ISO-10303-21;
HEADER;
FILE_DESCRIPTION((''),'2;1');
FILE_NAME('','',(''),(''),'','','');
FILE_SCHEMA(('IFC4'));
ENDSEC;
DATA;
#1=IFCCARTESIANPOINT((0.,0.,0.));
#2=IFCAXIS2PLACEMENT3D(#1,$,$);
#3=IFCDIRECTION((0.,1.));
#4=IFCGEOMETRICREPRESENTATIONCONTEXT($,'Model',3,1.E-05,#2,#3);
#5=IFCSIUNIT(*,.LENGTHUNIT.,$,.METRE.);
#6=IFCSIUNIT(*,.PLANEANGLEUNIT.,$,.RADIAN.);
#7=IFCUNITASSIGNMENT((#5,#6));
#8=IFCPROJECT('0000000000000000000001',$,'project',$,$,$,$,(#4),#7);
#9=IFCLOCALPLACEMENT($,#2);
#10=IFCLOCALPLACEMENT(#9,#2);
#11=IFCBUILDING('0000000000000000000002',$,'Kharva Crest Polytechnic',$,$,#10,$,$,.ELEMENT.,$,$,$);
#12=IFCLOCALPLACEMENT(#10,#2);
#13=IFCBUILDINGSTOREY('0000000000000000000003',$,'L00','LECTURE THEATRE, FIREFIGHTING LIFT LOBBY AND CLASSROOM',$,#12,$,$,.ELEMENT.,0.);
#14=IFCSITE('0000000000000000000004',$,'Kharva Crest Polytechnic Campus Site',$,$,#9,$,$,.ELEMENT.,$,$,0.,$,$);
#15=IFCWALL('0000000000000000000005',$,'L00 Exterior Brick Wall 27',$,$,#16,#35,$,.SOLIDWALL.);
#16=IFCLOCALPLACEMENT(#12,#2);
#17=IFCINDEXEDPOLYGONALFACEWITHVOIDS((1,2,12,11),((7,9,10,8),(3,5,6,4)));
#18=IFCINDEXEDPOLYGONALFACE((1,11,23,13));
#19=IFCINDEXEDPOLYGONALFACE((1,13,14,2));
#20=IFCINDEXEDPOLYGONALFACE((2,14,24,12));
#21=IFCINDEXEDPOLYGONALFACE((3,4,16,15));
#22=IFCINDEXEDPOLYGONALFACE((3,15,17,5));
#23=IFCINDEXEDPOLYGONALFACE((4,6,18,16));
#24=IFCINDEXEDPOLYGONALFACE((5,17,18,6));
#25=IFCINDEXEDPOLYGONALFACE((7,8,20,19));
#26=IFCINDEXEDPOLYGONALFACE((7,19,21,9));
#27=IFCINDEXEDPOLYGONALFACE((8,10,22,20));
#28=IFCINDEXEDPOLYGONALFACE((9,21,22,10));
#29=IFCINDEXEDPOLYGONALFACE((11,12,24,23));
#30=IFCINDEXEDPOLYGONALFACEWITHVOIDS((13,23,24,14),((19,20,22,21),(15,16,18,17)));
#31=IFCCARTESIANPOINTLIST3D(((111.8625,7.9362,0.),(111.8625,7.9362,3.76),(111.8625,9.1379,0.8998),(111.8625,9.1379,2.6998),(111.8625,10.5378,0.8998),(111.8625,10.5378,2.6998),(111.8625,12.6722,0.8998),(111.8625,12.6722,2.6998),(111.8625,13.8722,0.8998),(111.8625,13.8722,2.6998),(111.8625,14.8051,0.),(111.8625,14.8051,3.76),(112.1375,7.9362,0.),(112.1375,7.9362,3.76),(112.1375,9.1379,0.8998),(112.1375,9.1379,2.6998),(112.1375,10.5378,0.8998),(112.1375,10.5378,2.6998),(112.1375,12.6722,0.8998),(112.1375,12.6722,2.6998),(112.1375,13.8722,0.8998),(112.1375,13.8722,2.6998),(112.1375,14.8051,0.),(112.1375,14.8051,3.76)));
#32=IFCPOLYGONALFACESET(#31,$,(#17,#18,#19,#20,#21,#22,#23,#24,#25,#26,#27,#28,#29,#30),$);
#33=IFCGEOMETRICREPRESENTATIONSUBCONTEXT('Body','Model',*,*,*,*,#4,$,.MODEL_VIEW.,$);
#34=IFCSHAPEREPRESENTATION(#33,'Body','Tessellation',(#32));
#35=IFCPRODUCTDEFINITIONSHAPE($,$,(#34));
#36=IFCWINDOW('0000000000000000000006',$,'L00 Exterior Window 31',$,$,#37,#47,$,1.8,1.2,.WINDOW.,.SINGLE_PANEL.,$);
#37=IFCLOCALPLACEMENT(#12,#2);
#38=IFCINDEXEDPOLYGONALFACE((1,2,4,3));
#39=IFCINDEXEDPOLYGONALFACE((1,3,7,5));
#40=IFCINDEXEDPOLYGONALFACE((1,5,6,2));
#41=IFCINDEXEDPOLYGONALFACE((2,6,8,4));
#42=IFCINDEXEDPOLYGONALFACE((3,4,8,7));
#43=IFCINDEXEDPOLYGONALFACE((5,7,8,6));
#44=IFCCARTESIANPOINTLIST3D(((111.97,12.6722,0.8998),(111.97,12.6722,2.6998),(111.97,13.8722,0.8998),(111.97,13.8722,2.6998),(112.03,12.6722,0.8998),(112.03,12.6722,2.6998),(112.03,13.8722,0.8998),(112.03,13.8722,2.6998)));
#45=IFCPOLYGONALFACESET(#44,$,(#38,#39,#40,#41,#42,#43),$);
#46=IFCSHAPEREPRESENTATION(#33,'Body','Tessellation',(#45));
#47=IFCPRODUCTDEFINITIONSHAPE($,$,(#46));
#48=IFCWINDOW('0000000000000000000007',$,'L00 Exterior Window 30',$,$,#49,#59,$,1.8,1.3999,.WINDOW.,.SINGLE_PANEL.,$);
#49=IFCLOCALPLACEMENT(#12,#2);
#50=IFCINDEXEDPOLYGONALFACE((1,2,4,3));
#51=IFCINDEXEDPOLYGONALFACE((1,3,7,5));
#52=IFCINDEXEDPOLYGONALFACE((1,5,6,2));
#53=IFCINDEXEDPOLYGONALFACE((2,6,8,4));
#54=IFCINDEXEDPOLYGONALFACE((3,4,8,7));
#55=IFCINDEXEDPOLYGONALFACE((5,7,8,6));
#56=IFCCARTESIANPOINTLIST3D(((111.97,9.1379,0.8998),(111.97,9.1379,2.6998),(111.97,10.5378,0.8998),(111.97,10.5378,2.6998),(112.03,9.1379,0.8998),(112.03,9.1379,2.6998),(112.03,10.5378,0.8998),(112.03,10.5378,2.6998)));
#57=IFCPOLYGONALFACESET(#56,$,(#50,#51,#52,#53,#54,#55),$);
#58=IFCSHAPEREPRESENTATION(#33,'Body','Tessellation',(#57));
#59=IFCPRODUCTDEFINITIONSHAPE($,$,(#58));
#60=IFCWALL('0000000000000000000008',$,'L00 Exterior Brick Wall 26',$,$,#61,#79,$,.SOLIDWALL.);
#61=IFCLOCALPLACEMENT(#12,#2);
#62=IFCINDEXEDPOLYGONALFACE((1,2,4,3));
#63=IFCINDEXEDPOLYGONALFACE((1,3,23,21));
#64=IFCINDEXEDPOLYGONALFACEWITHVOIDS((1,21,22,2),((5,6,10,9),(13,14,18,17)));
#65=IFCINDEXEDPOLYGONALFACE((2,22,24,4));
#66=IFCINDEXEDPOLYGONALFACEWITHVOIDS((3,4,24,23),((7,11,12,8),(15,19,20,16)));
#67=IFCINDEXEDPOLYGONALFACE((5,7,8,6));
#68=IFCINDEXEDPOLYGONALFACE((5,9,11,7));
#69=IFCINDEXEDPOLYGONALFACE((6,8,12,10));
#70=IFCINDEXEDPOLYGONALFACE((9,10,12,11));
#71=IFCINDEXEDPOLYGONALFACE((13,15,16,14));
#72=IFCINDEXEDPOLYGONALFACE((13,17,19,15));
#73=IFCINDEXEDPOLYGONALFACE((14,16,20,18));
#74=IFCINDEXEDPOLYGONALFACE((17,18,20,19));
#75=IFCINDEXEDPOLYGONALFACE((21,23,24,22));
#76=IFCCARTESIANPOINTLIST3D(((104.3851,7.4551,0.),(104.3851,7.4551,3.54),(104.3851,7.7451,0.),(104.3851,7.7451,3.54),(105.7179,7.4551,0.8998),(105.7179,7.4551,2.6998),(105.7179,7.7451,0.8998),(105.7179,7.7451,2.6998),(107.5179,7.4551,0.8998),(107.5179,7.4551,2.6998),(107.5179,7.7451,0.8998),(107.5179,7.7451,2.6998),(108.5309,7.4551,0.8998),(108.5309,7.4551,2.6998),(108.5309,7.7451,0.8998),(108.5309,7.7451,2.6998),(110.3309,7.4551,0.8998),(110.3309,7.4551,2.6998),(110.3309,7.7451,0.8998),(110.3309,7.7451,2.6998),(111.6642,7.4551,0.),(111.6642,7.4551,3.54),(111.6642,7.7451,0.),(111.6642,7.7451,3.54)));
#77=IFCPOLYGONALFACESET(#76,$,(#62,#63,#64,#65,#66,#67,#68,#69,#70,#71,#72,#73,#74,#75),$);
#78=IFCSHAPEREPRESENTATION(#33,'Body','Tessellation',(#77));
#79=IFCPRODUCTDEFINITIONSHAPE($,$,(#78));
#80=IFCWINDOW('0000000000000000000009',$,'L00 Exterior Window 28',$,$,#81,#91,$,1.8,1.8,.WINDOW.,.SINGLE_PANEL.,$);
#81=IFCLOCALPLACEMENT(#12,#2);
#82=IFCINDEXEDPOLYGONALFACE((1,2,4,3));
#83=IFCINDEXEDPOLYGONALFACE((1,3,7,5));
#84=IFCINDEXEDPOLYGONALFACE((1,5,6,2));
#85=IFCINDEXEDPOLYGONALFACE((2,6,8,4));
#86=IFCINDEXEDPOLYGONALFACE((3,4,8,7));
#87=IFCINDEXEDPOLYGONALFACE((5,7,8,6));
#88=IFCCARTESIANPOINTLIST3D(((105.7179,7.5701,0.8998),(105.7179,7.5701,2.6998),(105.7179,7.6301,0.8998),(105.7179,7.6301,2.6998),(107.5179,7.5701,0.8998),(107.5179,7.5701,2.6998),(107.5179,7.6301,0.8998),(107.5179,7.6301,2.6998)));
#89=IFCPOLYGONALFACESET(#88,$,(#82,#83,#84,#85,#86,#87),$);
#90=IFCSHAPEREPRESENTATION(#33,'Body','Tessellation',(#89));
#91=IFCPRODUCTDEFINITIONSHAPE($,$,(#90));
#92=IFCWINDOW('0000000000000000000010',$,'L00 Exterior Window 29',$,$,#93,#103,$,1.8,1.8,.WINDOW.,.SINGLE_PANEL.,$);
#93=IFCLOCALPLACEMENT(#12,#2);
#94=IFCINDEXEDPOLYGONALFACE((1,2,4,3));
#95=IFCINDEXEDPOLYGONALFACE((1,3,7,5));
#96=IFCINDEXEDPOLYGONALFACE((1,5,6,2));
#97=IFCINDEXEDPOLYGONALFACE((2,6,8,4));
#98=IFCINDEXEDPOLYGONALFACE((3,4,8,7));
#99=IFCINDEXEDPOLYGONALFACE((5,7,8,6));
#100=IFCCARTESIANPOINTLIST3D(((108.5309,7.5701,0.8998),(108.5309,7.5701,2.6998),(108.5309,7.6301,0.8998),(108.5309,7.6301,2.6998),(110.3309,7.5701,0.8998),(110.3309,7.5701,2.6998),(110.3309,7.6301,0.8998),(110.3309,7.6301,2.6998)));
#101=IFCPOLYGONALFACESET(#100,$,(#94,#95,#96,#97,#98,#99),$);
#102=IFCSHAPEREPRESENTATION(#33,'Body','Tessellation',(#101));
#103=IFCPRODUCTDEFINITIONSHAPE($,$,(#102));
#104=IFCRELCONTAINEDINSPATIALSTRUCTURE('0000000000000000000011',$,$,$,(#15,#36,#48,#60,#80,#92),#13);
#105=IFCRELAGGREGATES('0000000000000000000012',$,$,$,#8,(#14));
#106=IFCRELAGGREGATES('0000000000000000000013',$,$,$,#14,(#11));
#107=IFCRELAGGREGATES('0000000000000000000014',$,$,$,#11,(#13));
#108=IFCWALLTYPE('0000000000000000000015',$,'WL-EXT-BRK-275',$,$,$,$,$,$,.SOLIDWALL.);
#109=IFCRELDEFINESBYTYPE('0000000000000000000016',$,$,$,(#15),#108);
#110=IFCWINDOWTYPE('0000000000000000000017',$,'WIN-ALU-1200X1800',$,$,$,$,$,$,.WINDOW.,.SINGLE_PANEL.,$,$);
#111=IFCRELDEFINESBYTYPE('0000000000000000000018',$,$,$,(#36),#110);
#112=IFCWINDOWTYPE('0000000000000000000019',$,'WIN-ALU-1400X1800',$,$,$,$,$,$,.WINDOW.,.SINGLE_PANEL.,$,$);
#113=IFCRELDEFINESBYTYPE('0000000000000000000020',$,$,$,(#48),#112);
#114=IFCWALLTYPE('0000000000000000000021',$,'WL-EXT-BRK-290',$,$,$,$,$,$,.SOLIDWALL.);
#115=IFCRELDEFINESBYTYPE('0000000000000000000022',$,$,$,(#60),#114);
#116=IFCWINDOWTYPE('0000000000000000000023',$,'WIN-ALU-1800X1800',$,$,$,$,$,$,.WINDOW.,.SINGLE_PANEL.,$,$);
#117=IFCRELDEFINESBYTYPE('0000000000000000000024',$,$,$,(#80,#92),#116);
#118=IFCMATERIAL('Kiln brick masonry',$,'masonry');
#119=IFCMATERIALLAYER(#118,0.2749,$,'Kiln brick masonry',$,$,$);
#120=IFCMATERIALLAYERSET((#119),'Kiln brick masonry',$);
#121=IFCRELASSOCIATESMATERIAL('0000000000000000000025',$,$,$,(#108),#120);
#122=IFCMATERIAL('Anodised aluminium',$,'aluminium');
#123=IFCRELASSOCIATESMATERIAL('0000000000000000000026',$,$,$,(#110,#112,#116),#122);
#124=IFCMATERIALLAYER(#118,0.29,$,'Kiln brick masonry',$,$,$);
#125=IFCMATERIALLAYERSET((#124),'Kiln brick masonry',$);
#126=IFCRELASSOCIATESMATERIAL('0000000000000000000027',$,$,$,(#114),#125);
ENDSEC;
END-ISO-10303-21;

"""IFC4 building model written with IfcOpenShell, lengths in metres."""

from ifc_helpers import new_model, si_unit, direction, frame, frame_2d, origin, place, context, subcontext, project, spatial, rectangle, extrude, material, layer, layer_set, type_object, element, fill, save


model = new_model("IFC4")

# Units and contexts
model_context = context("Model", 3, precision=1e-05, world=origin(), true_north=direction((0.0, 1.0)))
body_context = subcontext(model_context, "Body", "Model", "MODEL_VIEW")
ifc_project = project(units=[si_unit("LENGTHUNIT", "METRE"), si_unit("PLANEANGLEUNIT", "RADIAN")], contexts=[model_context])

# Site, building, storey
site_placement = place(None, origin())
site = spatial("IfcSite", under=ifc_project, at=site_placement, Name="Kharva Crest Polytechnic Campus Site", CompositionType="ELEMENT", RefElevation=0.0)
building_placement = place(site_placement, origin())
building = spatial("IfcBuilding", under=site, at=building_placement, Name="Kharva Crest Polytechnic", CompositionType="ELEMENT")
storey_placement = place(building_placement, origin())
storey = spatial("IfcBuildingStorey", under=building, at=storey_placement, Name="L00", Description="LECTURE THEATRE, FIREFIGHTING LIFT LOBBY AND CLASSROOM", CompositionType="ELEMENT", Elevation=0.0)

# Walls, openings, windows
ifc_material_1 = material(Name="Kiln brick masonry", Category="masonry")
ifc_layer_1 = layer(ifc_material_1, 0.2749, Name="Kiln brick masonry")
ifc_layer_set_1 = layer_set([ifc_layer_1], Name="Kiln brick masonry")
wall_type_1 = type_object("IfcWallType", Name="WL-EXT-BRK-275", PredefinedType="SOLIDWALL", material=ifc_layer_set_1)
wall_1_placement = place(storey_placement, frame((112.0, 7.936, 0.0), z_axis=(0.0, 0.0, 1.0), x_axis=(0.0, 1.0, 0.0)))
wall_1 = element("IfcWall", 1, at=wall_1_placement, inside=storey, type_object=wall_type_1, Name="L00 Exterior Brick Wall 27", PredefinedType="SOLIDWALL", context=body_context, shape_type="SweptSolid", body=[
    extrude(rectangle(XDim=6.8689, YDim=0.2749, at=frame_2d((3.4346, 0.0))), origin(), (0.0, 0.0, 1.0), 3.76),
])
opening_1_placement = place(wall_1_placement, frame((1.2019, 0.0, 0.8999)))
opening_1 = element("IfcOpeningElement", 2, at=opening_1_placement, cuts=wall_1, PredefinedType="OPENING", context=body_context, shape_type="SweptSolid", body=[
    extrude(rectangle(XDim=1.3999, YDim=1.8, at=frame_2d((0.7, 0.8999))), frame((0.0, 0.1475, 0.0), z_axis=(0.0, -1.0, 0.0), x_axis=(1.0, 0.0, 0.0)), (0.0, 0.0, 1.0), 0.2949),
])
opening_2_placement = place(wall_1_placement, frame((4.7361, 0.0, 0.8999)))
opening_2 = element("IfcOpeningElement", 3, at=opening_2_placement, cuts=wall_1, PredefinedType="OPENING", context=body_context, shape_type="SweptSolid", body=[
    extrude(rectangle(XDim=1.2, YDim=1.8, at=frame_2d((0.6001, 0.8999))), frame((0.0, 0.1475, 0.0), z_axis=(0.0, -1.0, 0.0), x_axis=(1.0, 0.0, 0.0)), (0.0, 0.0, 1.0), 0.2949),
])
ifc_material_2 = material(Name="Anodised aluminium", Category="aluminium")
window_type_1 = type_object("IfcWindowType", Name="WIN-ALU-1200X1800", PartitioningType="SINGLE_PANEL", PredefinedType="WINDOW", material=ifc_material_2)
window_1_placement = place(opening_2_placement, origin())
window_1 = element("IfcWindow", 4, at=window_1_placement, inside=storey, type_object=window_type_1, Name="L00 Exterior Window 31", OverallHeight=1.8, OverallWidth=1.2, PartitioningType="SINGLE_PANEL", PredefinedType="WINDOW", context=body_context, shape_type="SweptSolid", body=[
    extrude(rectangle(XDim=1.2, YDim=1.8, at=frame_2d((0.6001, 0.8999))), frame((0.0, 0.03, 0.0), z_axis=(0.0, -1.0, 0.0), x_axis=(1.0, 0.0, 0.0)), (0.0, 0.0, 1.0), 0.0601),
])
fill(opening_2, window_1)
window_type_2 = type_object("IfcWindowType", Name="WIN-ALU-1400X1800", PartitioningType="SINGLE_PANEL", PredefinedType="WINDOW", material=ifc_material_2)
window_2_placement = place(opening_1_placement, origin())
window_2 = element("IfcWindow", 5, at=window_2_placement, inside=storey, type_object=window_type_2, Name="L00 Exterior Window 30", OverallHeight=1.8, OverallWidth=1.3999, PartitioningType="SINGLE_PANEL", PredefinedType="WINDOW", context=body_context, shape_type="SweptSolid", body=[
    extrude(rectangle(XDim=1.3999, YDim=1.8, at=frame_2d((0.7, 0.8999))), frame((0.0, 0.03, 0.0), z_axis=(0.0, -1.0, 0.0), x_axis=(1.0, 0.0, 0.0)), (0.0, 0.0, 1.0), 0.0601),
])
fill(opening_1, window_2)
ifc_layer_2 = layer(ifc_material_1, 0.29, Name="Kiln brick masonry")
ifc_layer_set_2 = layer_set([ifc_layer_2], Name="Kiln brick masonry")
wall_type_2 = type_object("IfcWallType", Name="WL-EXT-BRK-290", PredefinedType="SOLIDWALL", material=ifc_layer_set_2)
wall_2_placement = place(storey_placement, frame((104.385, 7.6001, 0.0), z_axis=(0.0, 0.0, 1.0), x_axis=(1.0, 0.0, 0.0)))
wall_2 = element("IfcWall", 6, at=wall_2_placement, inside=storey, type_object=wall_type_2, Name="L00 Exterior Brick Wall 26", PredefinedType="SOLIDWALL", context=body_context, shape_type="SweptSolid", body=[
    extrude(rectangle(XDim=7.2791, YDim=0.29, at=frame_2d((3.6396, 0.0))), origin(), (0.0, 0.0, 1.0), 3.54),
])
opening_3_placement = place(wall_2_placement, frame((1.333, 0.0, 0.8999)))
opening_3 = element("IfcOpeningElement", 7, at=opening_3_placement, cuts=wall_2, PredefinedType="OPENING", context=body_context, shape_type="SweptSolid", body=[
    extrude(rectangle(XDim=1.8, YDim=1.8, at=frame_2d((0.8999, 0.8999))), frame((0.0, 0.155, 0.0), z_axis=(0.0, -1.0, 0.0), x_axis=(1.0, 0.0, 0.0)), (0.0, 0.0, 1.0), 0.3101),
])
opening_4_placement = place(wall_2_placement, frame((4.146, 0.0, 0.8999)))
opening_4 = element("IfcOpeningElement", 8, at=opening_4_placement, cuts=wall_2, PredefinedType="OPENING", context=body_context, shape_type="SweptSolid", body=[
    extrude(rectangle(XDim=1.8, YDim=1.8, at=frame_2d((0.8999, 0.8999))), frame((0.0, 0.155, 0.0), z_axis=(0.0, -1.0, 0.0), x_axis=(1.0, 0.0, 0.0)), (0.0, 0.0, 1.0), 0.3101),
])
window_type_3 = type_object("IfcWindowType", Name="WIN-ALU-1800X1800", PartitioningType="SINGLE_PANEL", PredefinedType="WINDOW", material=ifc_material_2)
window_3_placement = place(opening_3_placement, origin())
window_3 = element("IfcWindow", 9, at=window_3_placement, inside=storey, type_object=window_type_3, Name="L00 Exterior Window 28", OverallHeight=1.8, OverallWidth=1.8, PartitioningType="SINGLE_PANEL", PredefinedType="WINDOW", context=body_context, shape_type="SweptSolid", body=[
    extrude(rectangle(XDim=1.8, YDim=1.8, at=frame_2d((0.8999, 0.8999))), frame((0.0, 0.03, 0.0), z_axis=(0.0, -1.0, 0.0), x_axis=(1.0, 0.0, 0.0)), (0.0, 0.0, 1.0), 0.0601),
])
fill(opening_3, window_3)
window_4_placement = place(opening_4_placement, origin())
window_4 = element("IfcWindow", 10, at=window_4_placement, inside=storey, type_object=window_type_3, Name="L00 Exterior Window 29", OverallHeight=1.8, OverallWidth=1.8, PartitioningType="SINGLE_PANEL", PredefinedType="WINDOW", context=body_context, shape_type="SweptSolid", body=[
    extrude(rectangle(XDim=1.8, YDim=1.8, at=frame_2d((0.8999, 0.8999))), frame((0.0, 0.03, 0.0), z_axis=(0.0, -1.0, 0.0), x_axis=(1.0, 0.0, 0.0)), (0.0, 0.0, 1.0), 0.0601),
])
fill(opening_4, window_4)

save(model, "model.ifc")
